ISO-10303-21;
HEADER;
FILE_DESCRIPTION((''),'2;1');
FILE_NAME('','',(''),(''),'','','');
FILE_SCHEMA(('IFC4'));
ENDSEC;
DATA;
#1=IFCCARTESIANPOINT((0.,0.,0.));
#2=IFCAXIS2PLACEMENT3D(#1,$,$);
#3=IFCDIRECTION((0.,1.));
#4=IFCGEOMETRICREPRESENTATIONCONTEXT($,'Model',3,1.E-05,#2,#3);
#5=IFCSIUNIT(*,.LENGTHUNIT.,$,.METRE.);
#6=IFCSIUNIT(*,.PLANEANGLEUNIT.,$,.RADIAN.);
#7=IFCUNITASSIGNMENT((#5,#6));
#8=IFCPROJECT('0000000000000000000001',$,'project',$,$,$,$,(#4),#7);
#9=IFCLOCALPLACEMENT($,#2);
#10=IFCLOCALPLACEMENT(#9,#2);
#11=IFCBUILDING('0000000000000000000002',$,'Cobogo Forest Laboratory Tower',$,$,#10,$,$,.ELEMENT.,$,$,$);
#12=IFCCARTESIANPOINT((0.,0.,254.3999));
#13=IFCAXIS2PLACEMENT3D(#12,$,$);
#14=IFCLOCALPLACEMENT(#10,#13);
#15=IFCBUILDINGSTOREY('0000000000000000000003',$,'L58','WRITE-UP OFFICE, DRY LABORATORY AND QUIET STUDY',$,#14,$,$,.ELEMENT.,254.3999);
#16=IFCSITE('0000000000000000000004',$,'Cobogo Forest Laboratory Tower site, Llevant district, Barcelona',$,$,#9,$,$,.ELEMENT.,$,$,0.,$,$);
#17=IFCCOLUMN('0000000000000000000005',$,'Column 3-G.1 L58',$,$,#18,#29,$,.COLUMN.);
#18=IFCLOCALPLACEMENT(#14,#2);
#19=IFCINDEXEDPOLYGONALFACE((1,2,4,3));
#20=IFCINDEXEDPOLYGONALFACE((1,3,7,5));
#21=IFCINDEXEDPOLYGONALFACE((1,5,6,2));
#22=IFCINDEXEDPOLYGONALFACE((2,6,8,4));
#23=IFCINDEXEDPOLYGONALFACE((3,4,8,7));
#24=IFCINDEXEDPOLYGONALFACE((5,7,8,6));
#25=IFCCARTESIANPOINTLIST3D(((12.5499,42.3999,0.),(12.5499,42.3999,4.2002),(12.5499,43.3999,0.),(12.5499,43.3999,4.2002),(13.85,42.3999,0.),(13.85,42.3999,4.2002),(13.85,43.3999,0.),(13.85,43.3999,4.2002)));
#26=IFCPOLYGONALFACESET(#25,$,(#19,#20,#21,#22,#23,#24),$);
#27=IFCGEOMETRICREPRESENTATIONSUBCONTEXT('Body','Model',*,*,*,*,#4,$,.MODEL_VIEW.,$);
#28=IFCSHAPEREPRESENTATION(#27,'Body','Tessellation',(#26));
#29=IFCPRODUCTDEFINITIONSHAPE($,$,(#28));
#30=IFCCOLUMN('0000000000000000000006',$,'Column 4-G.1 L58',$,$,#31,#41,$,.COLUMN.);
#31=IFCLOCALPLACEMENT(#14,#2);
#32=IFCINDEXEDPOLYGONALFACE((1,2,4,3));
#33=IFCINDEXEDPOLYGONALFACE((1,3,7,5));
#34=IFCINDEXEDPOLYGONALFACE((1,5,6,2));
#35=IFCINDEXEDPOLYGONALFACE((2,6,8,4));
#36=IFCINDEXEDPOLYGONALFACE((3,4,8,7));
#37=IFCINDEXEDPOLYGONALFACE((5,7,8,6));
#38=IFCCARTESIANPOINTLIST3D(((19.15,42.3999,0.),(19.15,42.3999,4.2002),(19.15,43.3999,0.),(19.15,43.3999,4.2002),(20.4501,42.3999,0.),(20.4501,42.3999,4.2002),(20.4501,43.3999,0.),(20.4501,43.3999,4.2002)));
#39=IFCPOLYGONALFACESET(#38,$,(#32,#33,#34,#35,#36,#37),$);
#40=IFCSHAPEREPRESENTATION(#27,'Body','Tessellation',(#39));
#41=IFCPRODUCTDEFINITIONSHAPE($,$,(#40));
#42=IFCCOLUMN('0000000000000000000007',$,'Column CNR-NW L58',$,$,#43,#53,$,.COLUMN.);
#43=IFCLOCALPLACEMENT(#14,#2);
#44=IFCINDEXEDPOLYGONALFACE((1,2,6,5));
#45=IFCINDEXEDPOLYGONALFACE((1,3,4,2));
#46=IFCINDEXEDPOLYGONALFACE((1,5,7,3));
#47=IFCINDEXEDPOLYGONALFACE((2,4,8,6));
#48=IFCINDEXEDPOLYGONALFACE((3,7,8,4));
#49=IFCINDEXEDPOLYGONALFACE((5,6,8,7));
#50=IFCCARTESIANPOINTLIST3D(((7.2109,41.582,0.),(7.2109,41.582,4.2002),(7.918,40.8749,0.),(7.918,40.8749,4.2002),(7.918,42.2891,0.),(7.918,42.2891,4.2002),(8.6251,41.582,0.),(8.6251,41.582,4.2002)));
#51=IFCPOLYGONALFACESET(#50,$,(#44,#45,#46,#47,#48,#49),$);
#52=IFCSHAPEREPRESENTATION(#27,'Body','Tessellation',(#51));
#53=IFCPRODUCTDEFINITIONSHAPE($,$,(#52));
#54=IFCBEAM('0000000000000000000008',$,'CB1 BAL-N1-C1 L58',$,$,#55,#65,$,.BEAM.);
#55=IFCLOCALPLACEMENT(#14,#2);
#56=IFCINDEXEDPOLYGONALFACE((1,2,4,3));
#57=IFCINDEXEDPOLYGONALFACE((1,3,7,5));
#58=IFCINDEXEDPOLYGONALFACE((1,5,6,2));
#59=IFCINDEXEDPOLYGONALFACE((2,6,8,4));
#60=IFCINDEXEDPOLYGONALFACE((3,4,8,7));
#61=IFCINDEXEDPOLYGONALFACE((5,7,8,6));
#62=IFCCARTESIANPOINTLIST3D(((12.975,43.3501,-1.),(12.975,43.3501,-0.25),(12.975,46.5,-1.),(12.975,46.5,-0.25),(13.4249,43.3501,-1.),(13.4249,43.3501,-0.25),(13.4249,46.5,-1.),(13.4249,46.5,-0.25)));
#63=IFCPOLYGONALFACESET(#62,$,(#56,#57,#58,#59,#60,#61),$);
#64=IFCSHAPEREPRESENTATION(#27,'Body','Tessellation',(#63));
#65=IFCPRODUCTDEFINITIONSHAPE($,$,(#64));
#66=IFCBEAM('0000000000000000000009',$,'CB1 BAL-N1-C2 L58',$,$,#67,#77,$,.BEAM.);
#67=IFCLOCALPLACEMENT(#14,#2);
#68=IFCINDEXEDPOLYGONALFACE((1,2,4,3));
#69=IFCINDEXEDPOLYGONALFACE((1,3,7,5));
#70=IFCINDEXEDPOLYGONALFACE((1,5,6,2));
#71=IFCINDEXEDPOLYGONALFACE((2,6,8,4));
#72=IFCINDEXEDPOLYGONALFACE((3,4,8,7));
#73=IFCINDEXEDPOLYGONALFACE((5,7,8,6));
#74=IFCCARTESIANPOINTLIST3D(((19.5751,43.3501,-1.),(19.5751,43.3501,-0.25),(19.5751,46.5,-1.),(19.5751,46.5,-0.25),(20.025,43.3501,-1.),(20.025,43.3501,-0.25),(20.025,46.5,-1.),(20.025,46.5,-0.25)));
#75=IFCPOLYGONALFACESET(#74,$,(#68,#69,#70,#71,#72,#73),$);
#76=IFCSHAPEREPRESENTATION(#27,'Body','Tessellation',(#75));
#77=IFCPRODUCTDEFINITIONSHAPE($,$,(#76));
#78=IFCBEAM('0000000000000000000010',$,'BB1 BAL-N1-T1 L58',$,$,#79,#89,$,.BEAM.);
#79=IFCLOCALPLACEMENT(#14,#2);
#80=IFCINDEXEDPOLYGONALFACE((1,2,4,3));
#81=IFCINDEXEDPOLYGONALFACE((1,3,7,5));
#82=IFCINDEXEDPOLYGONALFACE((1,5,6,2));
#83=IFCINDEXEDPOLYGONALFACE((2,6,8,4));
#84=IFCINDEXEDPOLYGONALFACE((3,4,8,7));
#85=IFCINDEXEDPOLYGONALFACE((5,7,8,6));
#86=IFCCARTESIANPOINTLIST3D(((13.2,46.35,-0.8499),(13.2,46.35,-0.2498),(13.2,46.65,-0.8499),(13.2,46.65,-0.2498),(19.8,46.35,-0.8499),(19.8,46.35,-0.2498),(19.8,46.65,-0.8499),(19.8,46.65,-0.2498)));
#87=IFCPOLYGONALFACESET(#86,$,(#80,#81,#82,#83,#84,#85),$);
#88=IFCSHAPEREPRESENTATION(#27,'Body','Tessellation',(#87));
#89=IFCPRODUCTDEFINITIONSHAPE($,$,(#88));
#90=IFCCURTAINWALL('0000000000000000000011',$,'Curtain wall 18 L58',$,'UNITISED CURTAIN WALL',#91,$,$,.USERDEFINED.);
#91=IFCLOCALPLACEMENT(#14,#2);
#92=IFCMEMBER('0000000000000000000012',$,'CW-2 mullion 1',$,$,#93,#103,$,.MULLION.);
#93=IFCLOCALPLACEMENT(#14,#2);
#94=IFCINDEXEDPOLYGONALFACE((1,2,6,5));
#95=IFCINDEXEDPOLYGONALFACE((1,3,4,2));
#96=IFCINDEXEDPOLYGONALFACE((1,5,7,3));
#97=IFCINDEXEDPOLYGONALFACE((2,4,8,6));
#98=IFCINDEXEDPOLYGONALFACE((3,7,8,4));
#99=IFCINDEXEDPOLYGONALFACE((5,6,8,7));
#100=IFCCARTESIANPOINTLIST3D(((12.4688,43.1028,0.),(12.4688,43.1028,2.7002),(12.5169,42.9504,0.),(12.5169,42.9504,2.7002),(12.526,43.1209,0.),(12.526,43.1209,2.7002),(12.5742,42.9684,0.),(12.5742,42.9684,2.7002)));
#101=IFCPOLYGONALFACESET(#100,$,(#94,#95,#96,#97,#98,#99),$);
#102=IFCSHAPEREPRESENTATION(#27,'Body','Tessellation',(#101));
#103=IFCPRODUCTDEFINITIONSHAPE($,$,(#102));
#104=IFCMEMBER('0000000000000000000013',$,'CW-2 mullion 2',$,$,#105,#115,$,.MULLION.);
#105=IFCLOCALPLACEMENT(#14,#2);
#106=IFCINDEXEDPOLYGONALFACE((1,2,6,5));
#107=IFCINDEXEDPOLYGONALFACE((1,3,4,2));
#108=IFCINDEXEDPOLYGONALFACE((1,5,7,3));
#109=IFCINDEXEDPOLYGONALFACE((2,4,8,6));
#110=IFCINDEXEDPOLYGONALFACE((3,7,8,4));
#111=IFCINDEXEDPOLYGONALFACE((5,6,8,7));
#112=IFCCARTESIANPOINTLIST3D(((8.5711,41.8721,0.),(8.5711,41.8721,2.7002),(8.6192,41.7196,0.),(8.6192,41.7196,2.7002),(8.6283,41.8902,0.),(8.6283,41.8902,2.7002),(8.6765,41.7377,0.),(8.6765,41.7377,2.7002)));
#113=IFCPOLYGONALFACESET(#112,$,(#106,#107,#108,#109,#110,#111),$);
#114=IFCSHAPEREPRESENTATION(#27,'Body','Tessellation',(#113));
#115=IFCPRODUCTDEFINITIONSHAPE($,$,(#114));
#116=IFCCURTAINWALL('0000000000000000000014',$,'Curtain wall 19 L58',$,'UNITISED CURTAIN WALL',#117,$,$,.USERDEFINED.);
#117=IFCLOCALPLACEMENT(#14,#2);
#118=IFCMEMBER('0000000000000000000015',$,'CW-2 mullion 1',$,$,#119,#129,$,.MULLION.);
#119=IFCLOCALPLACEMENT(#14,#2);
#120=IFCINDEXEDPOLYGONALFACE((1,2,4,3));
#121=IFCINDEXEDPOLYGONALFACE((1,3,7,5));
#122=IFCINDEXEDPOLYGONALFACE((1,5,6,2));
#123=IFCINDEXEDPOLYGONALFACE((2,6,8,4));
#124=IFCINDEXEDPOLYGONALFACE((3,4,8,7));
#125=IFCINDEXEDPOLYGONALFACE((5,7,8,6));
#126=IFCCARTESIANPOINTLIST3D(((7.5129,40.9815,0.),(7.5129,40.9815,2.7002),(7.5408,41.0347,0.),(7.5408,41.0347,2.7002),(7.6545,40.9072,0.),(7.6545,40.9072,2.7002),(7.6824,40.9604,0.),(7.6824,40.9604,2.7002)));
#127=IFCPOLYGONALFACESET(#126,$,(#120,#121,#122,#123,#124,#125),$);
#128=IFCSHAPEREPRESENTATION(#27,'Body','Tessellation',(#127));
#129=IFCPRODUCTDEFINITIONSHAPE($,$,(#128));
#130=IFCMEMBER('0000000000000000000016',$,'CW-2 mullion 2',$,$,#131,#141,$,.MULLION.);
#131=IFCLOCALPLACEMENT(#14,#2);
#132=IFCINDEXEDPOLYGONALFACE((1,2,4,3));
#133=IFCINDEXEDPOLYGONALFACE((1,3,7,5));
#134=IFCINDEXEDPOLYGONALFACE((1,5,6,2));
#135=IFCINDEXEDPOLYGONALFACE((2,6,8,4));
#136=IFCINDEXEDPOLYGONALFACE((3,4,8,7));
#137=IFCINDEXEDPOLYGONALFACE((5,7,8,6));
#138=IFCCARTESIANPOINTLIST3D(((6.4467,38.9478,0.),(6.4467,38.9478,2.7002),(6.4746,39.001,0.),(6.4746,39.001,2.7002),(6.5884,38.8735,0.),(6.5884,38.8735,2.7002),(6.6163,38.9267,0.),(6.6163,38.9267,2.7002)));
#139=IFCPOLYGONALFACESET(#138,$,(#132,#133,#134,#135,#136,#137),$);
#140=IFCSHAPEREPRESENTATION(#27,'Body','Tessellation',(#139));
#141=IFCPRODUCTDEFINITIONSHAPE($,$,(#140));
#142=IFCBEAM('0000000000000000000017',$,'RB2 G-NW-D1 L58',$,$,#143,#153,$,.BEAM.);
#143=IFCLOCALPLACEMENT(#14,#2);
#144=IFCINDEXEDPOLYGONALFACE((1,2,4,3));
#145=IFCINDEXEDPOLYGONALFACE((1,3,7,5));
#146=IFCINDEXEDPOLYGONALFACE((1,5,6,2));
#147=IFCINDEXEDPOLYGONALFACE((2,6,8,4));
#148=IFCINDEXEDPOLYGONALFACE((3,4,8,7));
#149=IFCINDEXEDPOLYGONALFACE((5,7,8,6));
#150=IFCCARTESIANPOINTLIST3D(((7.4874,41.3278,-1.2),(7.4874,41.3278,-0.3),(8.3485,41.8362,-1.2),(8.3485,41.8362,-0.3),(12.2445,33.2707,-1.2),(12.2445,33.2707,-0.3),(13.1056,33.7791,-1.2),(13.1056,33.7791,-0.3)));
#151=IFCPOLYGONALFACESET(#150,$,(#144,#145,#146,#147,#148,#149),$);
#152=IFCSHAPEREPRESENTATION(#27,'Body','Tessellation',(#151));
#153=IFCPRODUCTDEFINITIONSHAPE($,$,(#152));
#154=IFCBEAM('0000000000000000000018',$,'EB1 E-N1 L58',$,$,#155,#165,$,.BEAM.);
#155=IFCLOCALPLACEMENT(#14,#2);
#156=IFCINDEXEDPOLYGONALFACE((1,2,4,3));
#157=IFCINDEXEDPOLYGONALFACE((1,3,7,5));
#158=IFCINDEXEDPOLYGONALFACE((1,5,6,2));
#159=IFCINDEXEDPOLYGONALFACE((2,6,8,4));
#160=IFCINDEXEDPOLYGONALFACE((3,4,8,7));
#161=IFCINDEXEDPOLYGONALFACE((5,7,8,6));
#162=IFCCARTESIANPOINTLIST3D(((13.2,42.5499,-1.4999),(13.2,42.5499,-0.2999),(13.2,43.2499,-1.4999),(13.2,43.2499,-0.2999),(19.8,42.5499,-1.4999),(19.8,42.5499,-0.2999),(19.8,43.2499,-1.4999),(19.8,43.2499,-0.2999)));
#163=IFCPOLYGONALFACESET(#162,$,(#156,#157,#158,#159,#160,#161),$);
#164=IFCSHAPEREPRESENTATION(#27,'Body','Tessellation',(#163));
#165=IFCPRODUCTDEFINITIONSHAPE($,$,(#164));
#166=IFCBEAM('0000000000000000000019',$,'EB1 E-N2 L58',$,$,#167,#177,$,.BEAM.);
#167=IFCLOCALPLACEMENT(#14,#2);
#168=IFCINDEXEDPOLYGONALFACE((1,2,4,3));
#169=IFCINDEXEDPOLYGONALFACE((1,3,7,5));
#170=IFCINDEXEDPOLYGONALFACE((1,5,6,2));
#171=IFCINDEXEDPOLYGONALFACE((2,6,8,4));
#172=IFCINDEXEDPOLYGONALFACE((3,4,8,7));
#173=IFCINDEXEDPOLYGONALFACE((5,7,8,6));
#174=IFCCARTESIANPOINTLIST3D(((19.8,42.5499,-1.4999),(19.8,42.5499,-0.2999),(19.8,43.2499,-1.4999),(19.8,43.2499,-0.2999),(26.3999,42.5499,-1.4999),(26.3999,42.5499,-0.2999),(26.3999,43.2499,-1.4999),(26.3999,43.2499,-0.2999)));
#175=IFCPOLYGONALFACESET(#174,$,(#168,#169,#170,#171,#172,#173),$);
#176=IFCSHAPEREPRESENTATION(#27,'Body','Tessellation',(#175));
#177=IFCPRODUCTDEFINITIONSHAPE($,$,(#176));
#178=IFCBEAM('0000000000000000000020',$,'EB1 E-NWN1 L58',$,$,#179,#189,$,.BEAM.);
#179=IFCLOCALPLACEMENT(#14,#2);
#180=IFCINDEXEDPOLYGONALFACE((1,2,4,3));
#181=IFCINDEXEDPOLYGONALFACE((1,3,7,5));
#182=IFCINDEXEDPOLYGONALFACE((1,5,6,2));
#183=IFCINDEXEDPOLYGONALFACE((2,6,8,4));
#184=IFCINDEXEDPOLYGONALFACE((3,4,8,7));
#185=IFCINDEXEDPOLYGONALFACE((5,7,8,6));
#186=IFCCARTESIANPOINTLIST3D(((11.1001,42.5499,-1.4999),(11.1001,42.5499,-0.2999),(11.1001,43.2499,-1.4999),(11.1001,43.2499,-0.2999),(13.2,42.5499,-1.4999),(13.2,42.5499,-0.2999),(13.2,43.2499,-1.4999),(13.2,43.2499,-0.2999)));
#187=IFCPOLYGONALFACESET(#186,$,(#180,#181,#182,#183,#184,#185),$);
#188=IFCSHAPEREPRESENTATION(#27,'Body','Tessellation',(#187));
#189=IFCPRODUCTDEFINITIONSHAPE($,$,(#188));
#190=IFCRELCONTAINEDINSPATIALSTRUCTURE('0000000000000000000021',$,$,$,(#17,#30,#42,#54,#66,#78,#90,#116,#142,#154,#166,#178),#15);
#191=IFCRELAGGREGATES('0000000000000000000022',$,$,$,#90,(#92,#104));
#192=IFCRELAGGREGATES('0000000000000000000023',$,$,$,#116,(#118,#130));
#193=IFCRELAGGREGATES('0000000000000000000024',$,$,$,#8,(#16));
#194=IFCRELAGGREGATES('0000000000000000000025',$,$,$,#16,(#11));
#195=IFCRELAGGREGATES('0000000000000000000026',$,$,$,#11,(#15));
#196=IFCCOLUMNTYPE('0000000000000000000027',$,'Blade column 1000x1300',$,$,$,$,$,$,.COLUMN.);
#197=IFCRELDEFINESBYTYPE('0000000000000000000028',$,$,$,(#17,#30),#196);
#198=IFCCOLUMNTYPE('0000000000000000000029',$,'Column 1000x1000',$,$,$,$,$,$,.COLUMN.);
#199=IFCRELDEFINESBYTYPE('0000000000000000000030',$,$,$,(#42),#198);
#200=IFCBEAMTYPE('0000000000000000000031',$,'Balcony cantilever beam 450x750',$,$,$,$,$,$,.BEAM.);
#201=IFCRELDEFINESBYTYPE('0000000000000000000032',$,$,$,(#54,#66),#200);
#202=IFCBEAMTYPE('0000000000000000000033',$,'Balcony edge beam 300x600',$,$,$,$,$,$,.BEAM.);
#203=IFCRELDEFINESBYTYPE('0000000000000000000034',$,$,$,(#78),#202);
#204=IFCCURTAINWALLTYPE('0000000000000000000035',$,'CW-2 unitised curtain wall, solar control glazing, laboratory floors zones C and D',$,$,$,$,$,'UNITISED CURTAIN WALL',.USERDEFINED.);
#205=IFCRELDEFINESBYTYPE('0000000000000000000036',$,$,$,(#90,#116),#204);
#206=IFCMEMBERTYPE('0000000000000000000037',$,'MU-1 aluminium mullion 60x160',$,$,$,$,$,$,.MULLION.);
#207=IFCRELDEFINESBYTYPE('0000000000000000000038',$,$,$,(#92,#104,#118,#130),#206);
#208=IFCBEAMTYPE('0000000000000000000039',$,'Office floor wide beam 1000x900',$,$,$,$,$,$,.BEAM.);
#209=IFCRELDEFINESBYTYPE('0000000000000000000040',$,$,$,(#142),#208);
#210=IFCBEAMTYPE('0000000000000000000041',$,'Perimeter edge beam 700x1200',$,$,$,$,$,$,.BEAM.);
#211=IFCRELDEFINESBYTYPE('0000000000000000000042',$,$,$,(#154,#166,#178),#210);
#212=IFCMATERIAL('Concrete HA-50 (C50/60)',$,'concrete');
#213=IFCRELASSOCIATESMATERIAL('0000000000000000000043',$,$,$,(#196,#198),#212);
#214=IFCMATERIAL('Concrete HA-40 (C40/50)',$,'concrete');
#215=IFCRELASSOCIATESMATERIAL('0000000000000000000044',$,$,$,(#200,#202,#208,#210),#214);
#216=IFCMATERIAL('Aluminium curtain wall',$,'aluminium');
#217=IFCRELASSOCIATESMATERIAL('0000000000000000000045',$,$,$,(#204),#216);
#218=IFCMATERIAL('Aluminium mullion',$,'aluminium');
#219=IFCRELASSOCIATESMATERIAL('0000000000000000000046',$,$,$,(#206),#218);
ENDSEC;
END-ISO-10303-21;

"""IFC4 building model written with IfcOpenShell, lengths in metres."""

from ifc_helpers import new_model, si_unit, direction, frame, origin, origin_2d, place, context, subcontext, project, spatial, rectangle, extrude, material, material_profile, profile_set, type_object, element, aggregate, save


model = new_model("IFC4")

# Units and contexts
model_context = context("Model", 3, precision=1e-05, world=origin(), true_north=direction((0.0, 1.0)))
body_context = subcontext(model_context, "Body", "Model", "MODEL_VIEW")
ifc_project = project(units=[si_unit("LENGTHUNIT", "METRE"), si_unit("PLANEANGLEUNIT", "RADIAN")], contexts=[model_context])

# Site, building, storey
site_placement = place(None, origin())
site = spatial("IfcSite", under=ifc_project, at=site_placement, Name="Cobogo Forest Laboratory Tower site, Llevant district, Barcelona", CompositionType="ELEMENT", RefElevation=0.0)
building_placement = place(site_placement, origin())
building = spatial("IfcBuilding", under=site, at=building_placement, Name="Cobogo Forest Laboratory Tower", CompositionType="ELEMENT")
storey_placement = place(building_placement, frame((0.0, 0.0, 254.3999)))
storey = spatial("IfcBuildingStorey", under=building, at=storey_placement, Name="L58", Description="WRITE-UP OFFICE, DRY LABORATORY AND QUIET STUDY", CompositionType="ELEMENT", Elevation=254.3999)

# Columns
ifc_material_1 = material(Name="Concrete HA-50 (C50/60)", Category="concrete")
ifc_material_profile_1 = material_profile(ifc_material_1, rectangle(XDim=1.3, YDim=1.0, at=origin_2d()), Name="RC 1000x1300")
ifc_profile_set_1 = profile_set([ifc_material_profile_1], Name="Concrete HA-50 (C50/60)")
column_type_1 = type_object("IfcColumnType", Name="Blade column 1000x1300", PredefinedType="COLUMN", material=ifc_profile_set_1)
for number, where, z_axis, x_axis, name in (
    (1, (13.2, 42.8999, 0.0), (0.0, 0.0, 1.0), (1.0, 0.0, 0.0), "Column 3-G.1 L58"),
    (2, (19.8, 42.8999, 0.0), (0.0, 0.0, 1.0), (1.0, 0.0, 0.0), "Column 4-G.1 L58"),
):
    element("IfcColumn", number, at=place(storey_placement, frame(where, z_axis=z_axis, x_axis=x_axis)), inside=storey, type_object=column_type_1, Name=name, PredefinedType="COLUMN", context=body_context, shape_type="SweptSolid", body=[
        extrude(rectangle(XDim=1.3, YDim=1.0, at=origin_2d()), origin(), (0.0, 0.0, 1.0), 4.2002),
    ])
ifc_material_profile_2 = material_profile(ifc_material_1, rectangle(XDim=1.0, YDim=1.0, at=origin_2d()), Name="RC 1000x1000")
ifc_profile_set_2 = profile_set([ifc_material_profile_2], Name="Concrete HA-50 (C50/60)")
column_type_2 = type_object("IfcColumnType", Name="Column 1000x1000", PredefinedType="COLUMN", material=ifc_profile_set_2)
column_placement = place(storey_placement, frame((7.918, 41.582, 0.0), z_axis=(0.0, 0.0, 1.0), x_axis=(0.707107, 0.707107, 0.0)))
element("IfcColumn", 3, at=column_placement, inside=storey, type_object=column_type_2, Name="Column CNR-NW L58", PredefinedType="COLUMN", context=body_context, shape_type="SweptSolid", body=[
    extrude(rectangle(XDim=1.0, YDim=1.0, at=origin_2d()), origin(), (0.0, 0.0, 1.0), 4.2002),
])

# Beams
ifc_material_2 = material(Name="Concrete HA-40 (C40/50)", Category="concrete")
ifc_material_profile_3 = material_profile(ifc_material_2, rectangle(XDim=0.45, YDim=0.75, at=origin_2d()), Name="RC 450x750")
ifc_profile_set_3 = profile_set([ifc_material_profile_3], Name="Concrete HA-40 (C40/50)")
beam_type_1 = type_object("IfcBeamType", Name="Balcony cantilever beam 450x750", PredefinedType="BEAM", material=ifc_profile_set_3)
for number, where, z_axis, x_axis, name in (
    (4, (13.2, 43.3501, -0.625), (0.0, 1.0, 0.0), (-1.0, 0.0, 0.0), "CB1 BAL-N1-C1 L58"),
    (5, (19.8, 43.3501, -0.625), (0.0, 1.0, 0.0), (-1.0, 0.0, 0.0), "CB1 BAL-N1-C2 L58"),
):
    element("IfcBeam", number, at=place(storey_placement, frame(where, z_axis=z_axis, x_axis=x_axis)), inside=storey, type_object=beam_type_1, Name=name, PredefinedType="BEAM", context=body_context, shape_type="SweptSolid", body=[
        extrude(rectangle(XDim=0.45, YDim=0.75, at=origin_2d()), origin(), (0.0, 0.0, 1.0), 3.1499),
    ])
ifc_material_profile_4 = material_profile(ifc_material_2, rectangle(XDim=0.3, YDim=0.6001, at=origin_2d()), Name="RC 300x600")
ifc_profile_set_4 = profile_set([ifc_material_profile_4], Name="Concrete HA-40 (C40/50)")
beam_type_2 = type_object("IfcBeamType", Name="Balcony edge beam 300x600", PredefinedType="BEAM", material=ifc_profile_set_4)
beam_1_placement = place(storey_placement, frame((13.2, 46.5, -0.5498), z_axis=(1.0, 0.0, 0.0), x_axis=(0.0, 1.0, 0.0)))
element("IfcBeam", 6, at=beam_1_placement, inside=storey, type_object=beam_type_2, Name="BB1 BAL-N1-T1 L58", PredefinedType="BEAM", context=body_context, shape_type="SweptSolid", body=[
    extrude(rectangle(XDim=0.3, YDim=0.6001, at=origin_2d()), origin(), (0.0, 0.0, 1.0), 6.6001),
])

# Curtain walls, members
ifc_material_3 = material(Name="Aluminium curtain wall", Category="aluminium")
curtain_wall_type = type_object("IfcCurtainWallType", Name="CW-2 unitised curtain wall, solar control glazing, laboratory floors zones C and D", ElementType="UNITISED CURTAIN WALL", PredefinedType="USERDEFINED", material=ifc_material_3)
curtain_wall_1_placement = place(storey_placement, origin())
curtain_wall_1 = element("IfcCurtainWall", 7, at=curtain_wall_1_placement, inside=storey, type_object=curtain_wall_type, Name="Curtain wall 18 L58", ObjectType="UNITISED CURTAIN WALL", PredefinedType="USERDEFINED")
ifc_material_4 = material(Name="Aluminium mullion", Category="aluminium")
ifc_material_profile_5 = material_profile(ifc_material_4, rectangle(XDim=0.0601, YDim=0.1599, at=origin_2d()), Name="AL 60x160")
ifc_profile_set_5 = profile_set([ifc_material_profile_5], Name="Aluminium mullion")
member_type_1 = type_object("IfcMemberType", Name="MU-1 aluminium mullion 60x160", PredefinedType="MULLION", material=ifc_profile_set_5)
member_1_placement = place(storey_placement, frame((12.5215, 43.0356, 0.0), z_axis=(0.0, 0.0, 1.0), x_axis=(-0.953581, -0.301135, 0.0)))
member_1 = element("IfcMember", 8, at=member_1_placement, type_object=member_type_1, Name="CW-2 mullion 1", PredefinedType="MULLION", context=body_context, shape_type="SweptSolid", body=[
    extrude(rectangle(XDim=0.0601, YDim=0.1599, at=origin_2d()), origin(), (0.0, 0.0, 1.0), 2.7002),
])
member_2_placement = place(storey_placement, frame((8.6238, 41.8049, 0.0), z_axis=(0.0, 0.0, 1.0), x_axis=(-0.953581, -0.301135, 0.0)))
member_2 = element("IfcMember", 9, at=member_2_placement, type_object=member_type_1, Name="CW-2 mullion 2", PredefinedType="MULLION", context=body_context, shape_type="SweptSolid", body=[
    extrude(rectangle(XDim=0.0601, YDim=0.1599, at=origin_2d()), origin(), (0.0, 0.0, 1.0), 2.7002),
])
curtain_wall_2_placement = place(storey_placement, origin())
curtain_wall_2 = element("IfcCurtainWall", 10, at=curtain_wall_2_placement, inside=storey, type_object=curtain_wall_type, Name="Curtain wall 19 L58", ObjectType="UNITISED CURTAIN WALL", PredefinedType="USERDEFINED")
member_3_placement = place(storey_placement, frame((7.5977, 40.9709, 0.0), z_axis=(0.0, 0.0, 1.0), x_axis=(-0.464284, -0.885686, 0.0)))
member_3 = element("IfcMember", 11, at=member_3_placement, type_object=member_type_1, Name="CW-2 mullion 1", PredefinedType="MULLION", context=body_context, shape_type="SweptSolid", body=[
    extrude(rectangle(XDim=0.0601, YDim=0.1599, at=origin_2d()), origin(), (0.0, 0.0, 1.0), 2.7002),
])
member_4_placement = place(storey_placement, frame((6.5315, 38.9373, 0.0), z_axis=(0.0, 0.0, 1.0), x_axis=(-0.464284, -0.885686, 0.0)))
member_4 = element("IfcMember", 12, at=member_4_placement, type_object=member_type_1, Name="CW-2 mullion 2", PredefinedType="MULLION", context=body_context, shape_type="SweptSolid", body=[
    extrude(rectangle(XDim=0.0601, YDim=0.1599, at=origin_2d()), origin(), (0.0, 0.0, 1.0), 2.7002),
])

# Beams
ifc_material_profile_6 = material_profile(ifc_material_2, rectangle(XDim=1.0, YDim=0.8999, at=origin_2d()), Name="RC 1000x900")
ifc_profile_set_6 = profile_set([ifc_material_profile_6], Name="Concrete HA-40 (C40/50)")
beam_type_3 = type_object("IfcBeamType", Name="Office floor wide beam 1000x900", PredefinedType="BEAM", material=ifc_profile_set_6)
beam_2_placement = place(storey_placement, frame((7.918, 41.582, -0.75), z_axis=(0.508416, -0.861111, 0.0), x_axis=(0.861111, 0.508416, 0.0)))
element("IfcBeam", 13, at=beam_2_placement, inside=storey, type_object=beam_type_3, Name="RB2 G-NW-D1 L58", PredefinedType="BEAM", context=body_context, shape_type="SweptSolid", body=[
    extrude(rectangle(XDim=1.0, YDim=0.8999, at=origin_2d()), origin(), (0.0, 0.0, 1.0), 9.3567),
])
ifc_material_profile_7 = material_profile(ifc_material_2, rectangle(XDim=0.7, YDim=1.2, at=origin_2d()), Name="RC 700x1200")
ifc_profile_set_7 = profile_set([ifc_material_profile_7], Name="Concrete HA-40 (C40/50)")
beam_type_4 = type_object("IfcBeamType", Name="Perimeter edge beam 700x1200", PredefinedType="BEAM", material=ifc_profile_set_7)
beam_3_placement = place(storey_placement, frame((13.2, 42.8999, -0.8999), z_axis=(1.0, 0.0, 0.0), x_axis=(0.0, 1.0, 0.0)))
element("IfcBeam", 14, at=beam_3_placement, inside=storey, type_object=beam_type_4, Name="EB1 E-N1 L58", PredefinedType="BEAM", context=body_context, shape_type="SweptSolid", body=[
    extrude(rectangle(XDim=0.7, YDim=1.2, at=origin_2d()), origin(), (0.0, 0.0, 1.0), 6.6001),
])
beam_4_placement = place(storey_placement, frame((19.8, 42.8999, -0.8999), z_axis=(1.0, 0.0, 0.0), x_axis=(0.0, 1.0, 0.0)))
element("IfcBeam", 15, at=beam_4_placement, inside=storey, type_object=beam_type_4, Name="EB1 E-N2 L58", PredefinedType="BEAM", context=body_context, shape_type="SweptSolid", body=[
    extrude(rectangle(XDim=0.7, YDim=1.2, at=origin_2d()), origin(), (0.0, 0.0, 1.0), 6.5999),
])
beam_5_placement = place(storey_placement, frame((13.2, 42.8999, -0.8999), z_axis=(-1.0, 0.0, 0.0), x_axis=(0.0, -1.0, 0.0)))
element("IfcBeam", 16, at=beam_5_placement, inside=storey, type_object=beam_type_4, Name="EB1 E-NWN1 L58", PredefinedType="BEAM", context=body_context, shape_type="SweptSolid", body=[
    extrude(rectangle(XDim=0.7, YDim=1.2, at=origin_2d()), origin(), (0.0, 0.0, 1.0), 2.0999),
])

aggregate(curtain_wall_1, [member_1, member_2])
aggregate(curtain_wall_2, [member_3, member_4])

save(model, "model.ifc")
